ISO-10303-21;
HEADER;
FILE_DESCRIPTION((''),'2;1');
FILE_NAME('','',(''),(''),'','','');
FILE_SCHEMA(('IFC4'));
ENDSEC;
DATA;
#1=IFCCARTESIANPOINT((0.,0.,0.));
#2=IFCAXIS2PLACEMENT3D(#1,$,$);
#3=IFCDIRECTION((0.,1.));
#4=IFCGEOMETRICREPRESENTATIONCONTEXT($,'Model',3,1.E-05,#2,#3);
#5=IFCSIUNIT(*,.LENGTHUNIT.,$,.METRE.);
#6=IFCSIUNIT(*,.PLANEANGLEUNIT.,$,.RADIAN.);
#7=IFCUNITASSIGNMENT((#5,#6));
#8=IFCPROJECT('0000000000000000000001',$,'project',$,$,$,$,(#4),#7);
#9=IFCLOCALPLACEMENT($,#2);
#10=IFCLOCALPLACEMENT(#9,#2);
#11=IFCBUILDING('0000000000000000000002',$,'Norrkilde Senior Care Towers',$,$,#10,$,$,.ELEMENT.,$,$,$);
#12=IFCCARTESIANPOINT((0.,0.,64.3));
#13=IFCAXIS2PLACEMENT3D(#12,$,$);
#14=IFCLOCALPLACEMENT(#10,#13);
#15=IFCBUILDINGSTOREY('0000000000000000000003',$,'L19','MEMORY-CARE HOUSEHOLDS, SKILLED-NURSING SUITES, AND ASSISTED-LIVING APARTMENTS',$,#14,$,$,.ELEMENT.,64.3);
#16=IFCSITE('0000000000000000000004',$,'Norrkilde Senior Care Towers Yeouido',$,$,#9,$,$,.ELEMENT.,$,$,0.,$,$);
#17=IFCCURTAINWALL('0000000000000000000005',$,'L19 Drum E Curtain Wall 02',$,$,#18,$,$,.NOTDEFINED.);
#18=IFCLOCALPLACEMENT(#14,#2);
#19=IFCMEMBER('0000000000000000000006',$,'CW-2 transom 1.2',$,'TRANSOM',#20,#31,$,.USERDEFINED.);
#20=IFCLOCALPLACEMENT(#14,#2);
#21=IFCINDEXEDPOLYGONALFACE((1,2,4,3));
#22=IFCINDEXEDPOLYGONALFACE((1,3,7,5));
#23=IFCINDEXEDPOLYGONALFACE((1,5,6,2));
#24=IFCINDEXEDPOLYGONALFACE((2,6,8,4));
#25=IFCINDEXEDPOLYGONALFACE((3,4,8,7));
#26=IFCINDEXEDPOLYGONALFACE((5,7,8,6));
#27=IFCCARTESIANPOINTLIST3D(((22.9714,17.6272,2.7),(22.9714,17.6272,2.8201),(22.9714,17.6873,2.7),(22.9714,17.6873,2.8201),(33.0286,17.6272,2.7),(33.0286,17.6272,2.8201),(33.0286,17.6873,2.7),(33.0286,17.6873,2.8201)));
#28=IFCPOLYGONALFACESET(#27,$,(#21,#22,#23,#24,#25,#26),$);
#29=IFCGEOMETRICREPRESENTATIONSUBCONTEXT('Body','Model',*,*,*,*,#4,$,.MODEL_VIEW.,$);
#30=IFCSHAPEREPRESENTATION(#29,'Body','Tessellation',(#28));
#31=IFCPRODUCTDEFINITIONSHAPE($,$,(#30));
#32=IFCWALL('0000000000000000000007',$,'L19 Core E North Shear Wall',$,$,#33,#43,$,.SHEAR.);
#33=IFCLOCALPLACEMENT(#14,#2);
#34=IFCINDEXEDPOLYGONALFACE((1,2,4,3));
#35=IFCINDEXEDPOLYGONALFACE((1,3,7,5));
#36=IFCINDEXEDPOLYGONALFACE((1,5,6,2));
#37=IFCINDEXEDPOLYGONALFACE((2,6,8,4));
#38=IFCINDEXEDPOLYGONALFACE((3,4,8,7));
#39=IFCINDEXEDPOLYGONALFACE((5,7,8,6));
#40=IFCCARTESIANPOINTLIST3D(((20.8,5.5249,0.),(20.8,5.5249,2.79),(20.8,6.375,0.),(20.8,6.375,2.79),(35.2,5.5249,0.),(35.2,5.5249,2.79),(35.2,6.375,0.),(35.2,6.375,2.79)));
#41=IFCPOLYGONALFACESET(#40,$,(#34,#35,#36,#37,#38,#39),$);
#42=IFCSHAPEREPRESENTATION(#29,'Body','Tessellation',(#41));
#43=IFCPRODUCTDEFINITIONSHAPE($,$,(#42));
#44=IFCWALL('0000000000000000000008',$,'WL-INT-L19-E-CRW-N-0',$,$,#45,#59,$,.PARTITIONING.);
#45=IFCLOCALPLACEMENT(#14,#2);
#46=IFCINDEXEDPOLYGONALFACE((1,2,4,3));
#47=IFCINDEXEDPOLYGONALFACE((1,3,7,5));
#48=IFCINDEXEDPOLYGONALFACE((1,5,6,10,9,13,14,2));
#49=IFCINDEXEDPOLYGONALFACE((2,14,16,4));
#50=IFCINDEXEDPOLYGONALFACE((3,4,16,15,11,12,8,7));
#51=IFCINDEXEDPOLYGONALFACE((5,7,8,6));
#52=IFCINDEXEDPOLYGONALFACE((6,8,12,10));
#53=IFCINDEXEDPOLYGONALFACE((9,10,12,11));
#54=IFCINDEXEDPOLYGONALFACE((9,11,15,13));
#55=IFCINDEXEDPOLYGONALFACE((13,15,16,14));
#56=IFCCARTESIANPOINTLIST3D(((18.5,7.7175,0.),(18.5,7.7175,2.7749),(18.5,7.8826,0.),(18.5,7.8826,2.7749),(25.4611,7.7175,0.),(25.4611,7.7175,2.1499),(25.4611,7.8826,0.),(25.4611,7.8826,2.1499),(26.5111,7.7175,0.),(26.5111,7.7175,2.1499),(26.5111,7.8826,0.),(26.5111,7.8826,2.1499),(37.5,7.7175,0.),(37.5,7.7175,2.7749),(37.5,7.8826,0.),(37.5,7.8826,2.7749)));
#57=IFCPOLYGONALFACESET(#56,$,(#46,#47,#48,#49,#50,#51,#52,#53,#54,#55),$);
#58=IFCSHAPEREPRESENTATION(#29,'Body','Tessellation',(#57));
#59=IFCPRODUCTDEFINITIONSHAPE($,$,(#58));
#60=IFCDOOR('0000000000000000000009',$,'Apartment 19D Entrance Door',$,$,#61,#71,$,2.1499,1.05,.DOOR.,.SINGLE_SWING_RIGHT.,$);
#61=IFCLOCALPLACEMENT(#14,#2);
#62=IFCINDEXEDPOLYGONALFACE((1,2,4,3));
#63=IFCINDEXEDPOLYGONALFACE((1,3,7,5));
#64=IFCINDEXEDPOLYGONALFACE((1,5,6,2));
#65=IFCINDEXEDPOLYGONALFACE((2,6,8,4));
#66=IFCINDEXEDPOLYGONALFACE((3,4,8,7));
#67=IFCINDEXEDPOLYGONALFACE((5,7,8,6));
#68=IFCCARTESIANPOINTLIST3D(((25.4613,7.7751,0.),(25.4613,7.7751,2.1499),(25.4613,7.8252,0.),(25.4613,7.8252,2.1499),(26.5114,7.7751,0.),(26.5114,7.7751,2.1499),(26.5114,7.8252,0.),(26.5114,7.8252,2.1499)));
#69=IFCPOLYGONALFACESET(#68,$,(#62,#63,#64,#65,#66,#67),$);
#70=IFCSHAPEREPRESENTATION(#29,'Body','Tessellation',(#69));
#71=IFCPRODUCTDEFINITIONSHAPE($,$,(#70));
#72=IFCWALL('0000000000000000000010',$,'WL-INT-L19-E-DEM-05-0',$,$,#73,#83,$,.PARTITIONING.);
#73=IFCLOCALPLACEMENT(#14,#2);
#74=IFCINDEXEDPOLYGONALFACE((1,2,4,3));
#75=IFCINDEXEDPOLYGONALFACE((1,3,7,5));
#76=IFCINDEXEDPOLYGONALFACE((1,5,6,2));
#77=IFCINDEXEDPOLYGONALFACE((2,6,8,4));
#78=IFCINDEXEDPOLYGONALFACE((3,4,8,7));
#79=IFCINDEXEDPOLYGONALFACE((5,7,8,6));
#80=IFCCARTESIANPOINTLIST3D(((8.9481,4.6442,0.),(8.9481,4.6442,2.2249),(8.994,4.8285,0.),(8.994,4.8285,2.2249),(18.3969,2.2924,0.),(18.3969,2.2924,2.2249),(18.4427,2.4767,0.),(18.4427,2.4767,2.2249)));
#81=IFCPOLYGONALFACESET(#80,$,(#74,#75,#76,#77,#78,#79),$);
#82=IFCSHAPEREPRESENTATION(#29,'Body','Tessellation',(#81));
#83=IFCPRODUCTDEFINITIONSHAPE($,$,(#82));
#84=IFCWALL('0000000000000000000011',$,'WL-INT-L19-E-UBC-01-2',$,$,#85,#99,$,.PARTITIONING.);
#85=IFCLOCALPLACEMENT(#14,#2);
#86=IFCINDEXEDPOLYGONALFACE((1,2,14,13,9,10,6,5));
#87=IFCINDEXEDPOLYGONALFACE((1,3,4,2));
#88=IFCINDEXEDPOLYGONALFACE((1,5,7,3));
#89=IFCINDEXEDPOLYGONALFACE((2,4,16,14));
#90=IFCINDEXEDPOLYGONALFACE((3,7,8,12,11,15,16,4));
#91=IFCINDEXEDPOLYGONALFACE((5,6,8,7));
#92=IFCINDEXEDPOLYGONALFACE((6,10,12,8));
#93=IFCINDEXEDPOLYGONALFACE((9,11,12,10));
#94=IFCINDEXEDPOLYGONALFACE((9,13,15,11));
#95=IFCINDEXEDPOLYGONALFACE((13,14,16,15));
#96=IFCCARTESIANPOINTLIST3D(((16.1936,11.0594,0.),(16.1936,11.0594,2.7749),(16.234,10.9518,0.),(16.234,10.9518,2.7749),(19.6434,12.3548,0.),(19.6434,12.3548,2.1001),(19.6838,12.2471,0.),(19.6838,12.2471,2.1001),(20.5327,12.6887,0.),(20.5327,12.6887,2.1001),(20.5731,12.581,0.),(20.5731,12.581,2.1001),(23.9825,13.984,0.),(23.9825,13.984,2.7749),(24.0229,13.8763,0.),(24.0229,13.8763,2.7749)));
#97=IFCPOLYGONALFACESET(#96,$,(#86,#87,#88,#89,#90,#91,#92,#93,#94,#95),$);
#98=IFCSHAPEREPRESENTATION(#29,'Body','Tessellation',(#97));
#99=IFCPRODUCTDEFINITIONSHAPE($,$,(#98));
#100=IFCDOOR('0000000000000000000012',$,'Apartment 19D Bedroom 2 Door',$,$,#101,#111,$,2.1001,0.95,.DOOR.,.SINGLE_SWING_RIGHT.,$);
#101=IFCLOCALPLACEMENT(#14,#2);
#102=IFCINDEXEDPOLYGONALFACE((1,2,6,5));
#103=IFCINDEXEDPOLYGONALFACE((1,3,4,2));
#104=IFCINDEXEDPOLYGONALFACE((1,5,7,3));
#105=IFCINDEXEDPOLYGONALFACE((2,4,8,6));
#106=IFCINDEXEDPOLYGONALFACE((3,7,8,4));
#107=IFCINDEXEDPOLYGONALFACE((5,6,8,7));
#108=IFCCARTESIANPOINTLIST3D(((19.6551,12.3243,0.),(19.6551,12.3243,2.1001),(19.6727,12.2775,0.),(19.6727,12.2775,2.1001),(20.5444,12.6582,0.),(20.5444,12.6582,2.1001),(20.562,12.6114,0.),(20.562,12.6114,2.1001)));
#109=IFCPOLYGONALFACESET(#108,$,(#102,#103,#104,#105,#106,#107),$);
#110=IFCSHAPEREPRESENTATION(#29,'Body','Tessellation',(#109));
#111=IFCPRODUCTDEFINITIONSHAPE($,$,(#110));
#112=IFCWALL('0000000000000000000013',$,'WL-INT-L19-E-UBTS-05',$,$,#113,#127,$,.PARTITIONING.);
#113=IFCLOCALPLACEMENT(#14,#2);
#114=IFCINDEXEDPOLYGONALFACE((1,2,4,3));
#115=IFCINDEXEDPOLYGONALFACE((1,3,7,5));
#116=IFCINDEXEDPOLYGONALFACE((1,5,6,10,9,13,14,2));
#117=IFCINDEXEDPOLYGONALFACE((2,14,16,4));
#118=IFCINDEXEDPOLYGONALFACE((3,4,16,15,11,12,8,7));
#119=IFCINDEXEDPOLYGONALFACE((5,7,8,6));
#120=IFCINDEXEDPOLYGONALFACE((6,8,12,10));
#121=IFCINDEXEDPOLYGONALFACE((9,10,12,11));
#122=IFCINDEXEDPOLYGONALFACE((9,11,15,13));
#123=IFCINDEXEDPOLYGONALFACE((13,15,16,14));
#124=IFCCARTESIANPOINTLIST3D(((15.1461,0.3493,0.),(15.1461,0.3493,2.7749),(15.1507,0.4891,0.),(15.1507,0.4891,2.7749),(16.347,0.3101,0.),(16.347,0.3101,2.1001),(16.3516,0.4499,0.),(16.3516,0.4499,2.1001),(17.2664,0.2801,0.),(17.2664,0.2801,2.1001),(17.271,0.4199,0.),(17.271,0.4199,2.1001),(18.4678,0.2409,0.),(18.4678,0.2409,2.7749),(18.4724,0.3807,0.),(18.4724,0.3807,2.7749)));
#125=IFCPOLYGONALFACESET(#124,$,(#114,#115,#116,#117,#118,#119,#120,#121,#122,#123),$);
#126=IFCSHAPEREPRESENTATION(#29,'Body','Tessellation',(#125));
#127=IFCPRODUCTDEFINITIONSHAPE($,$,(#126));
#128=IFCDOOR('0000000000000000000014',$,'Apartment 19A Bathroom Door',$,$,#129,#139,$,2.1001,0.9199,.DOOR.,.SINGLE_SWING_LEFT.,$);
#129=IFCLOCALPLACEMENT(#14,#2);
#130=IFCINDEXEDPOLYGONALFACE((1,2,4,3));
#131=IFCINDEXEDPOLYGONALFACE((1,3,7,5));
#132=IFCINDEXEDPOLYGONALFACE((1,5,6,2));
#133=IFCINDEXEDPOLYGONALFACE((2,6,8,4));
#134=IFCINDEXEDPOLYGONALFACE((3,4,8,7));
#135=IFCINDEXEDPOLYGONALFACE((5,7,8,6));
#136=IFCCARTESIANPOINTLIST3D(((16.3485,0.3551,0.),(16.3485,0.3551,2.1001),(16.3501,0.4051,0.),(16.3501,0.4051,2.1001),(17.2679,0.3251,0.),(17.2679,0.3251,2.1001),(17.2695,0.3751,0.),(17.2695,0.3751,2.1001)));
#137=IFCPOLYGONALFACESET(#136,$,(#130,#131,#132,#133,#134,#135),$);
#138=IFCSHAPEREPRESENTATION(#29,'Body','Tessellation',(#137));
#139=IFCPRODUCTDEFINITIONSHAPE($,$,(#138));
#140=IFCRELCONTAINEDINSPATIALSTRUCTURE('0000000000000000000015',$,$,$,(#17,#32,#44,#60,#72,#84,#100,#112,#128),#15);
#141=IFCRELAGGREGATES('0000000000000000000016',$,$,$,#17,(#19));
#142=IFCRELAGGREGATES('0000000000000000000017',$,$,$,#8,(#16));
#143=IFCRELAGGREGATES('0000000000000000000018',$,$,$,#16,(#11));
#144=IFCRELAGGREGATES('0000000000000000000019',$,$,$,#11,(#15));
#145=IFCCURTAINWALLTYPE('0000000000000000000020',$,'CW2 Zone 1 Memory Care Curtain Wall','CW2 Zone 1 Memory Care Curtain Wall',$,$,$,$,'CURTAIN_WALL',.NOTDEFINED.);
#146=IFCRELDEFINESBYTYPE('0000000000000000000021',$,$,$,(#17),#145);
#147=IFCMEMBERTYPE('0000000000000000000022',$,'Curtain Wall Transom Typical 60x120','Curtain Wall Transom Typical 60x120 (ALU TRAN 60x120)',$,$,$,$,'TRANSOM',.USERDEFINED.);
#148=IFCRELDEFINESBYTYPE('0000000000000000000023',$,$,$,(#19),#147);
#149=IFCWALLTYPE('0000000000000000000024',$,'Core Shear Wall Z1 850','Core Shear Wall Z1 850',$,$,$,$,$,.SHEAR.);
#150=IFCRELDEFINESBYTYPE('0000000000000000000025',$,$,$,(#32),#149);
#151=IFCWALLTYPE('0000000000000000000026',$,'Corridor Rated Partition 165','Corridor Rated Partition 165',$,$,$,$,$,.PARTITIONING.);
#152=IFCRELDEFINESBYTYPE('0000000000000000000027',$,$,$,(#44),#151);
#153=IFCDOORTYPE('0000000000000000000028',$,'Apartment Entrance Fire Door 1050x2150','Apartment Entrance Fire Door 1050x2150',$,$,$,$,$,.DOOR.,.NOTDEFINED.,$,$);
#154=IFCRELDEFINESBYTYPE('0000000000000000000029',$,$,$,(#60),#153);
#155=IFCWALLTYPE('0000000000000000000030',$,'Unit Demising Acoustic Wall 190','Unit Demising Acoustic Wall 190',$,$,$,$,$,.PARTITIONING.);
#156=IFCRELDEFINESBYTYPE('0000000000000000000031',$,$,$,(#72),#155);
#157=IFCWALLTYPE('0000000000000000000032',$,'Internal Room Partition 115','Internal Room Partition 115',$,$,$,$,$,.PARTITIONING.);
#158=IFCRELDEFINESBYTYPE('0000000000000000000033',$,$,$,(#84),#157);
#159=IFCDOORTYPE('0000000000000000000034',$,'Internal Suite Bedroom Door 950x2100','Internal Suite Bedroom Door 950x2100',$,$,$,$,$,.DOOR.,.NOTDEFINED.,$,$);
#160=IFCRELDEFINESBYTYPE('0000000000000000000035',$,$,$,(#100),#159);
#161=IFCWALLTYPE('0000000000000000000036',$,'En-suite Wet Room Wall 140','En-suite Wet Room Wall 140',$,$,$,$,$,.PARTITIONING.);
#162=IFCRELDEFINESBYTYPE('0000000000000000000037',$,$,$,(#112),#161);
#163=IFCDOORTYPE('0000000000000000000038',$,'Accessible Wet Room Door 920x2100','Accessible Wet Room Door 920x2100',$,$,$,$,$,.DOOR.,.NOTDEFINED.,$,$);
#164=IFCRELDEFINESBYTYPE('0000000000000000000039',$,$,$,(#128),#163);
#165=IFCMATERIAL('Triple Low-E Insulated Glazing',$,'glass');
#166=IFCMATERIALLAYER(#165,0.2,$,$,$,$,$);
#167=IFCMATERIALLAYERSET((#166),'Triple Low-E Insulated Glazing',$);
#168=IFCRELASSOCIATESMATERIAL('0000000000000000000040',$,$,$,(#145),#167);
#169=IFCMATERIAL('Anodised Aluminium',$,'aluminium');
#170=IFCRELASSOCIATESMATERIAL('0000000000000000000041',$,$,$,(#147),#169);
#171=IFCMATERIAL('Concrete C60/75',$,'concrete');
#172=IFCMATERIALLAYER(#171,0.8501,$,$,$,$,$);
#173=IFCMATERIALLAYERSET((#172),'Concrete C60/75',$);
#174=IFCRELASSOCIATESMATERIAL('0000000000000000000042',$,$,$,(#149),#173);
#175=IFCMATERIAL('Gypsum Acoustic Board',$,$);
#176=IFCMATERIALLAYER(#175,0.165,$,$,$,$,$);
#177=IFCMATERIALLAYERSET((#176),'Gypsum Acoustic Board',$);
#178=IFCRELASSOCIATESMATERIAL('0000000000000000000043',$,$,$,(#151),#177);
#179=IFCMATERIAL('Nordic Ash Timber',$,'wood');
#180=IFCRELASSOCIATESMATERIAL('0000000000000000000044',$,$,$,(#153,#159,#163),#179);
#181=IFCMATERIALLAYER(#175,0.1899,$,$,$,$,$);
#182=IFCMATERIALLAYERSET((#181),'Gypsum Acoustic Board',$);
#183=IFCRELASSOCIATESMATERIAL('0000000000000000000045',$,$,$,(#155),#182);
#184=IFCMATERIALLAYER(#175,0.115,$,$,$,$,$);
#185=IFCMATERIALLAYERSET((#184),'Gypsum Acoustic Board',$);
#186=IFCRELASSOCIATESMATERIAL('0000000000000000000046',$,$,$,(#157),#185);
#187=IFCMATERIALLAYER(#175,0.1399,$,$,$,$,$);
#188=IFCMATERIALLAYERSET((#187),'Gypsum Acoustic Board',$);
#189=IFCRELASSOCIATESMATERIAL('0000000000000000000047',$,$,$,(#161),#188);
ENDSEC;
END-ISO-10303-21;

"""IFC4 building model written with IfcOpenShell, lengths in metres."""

from ifc_helpers import new_model, si_unit, direction, frame, frame_2d, origin, origin_2d, place, context, subcontext, project, spatial, rectangle, extrude, source, transform, mapped, material, layer, layer_set, material_profile, profile_set, type_object, type_shapes, element, fill, aggregate, save


model = new_model("IFC4")

# Units and contexts
model_context = context("Model", 3, precision=1e-05, world=origin(), true_north=direction((0.0, 1.0)))
body_context = subcontext(model_context, "Body", "Model", "MODEL_VIEW")
ifc_project = project(units=[si_unit("LENGTHUNIT", "METRE"), si_unit("PLANEANGLEUNIT", "RADIAN")], contexts=[model_context])

# Site, building, storey
site_placement = place(None, origin())
site = spatial("IfcSite", under=ifc_project, at=site_placement, Name="Norrkilde Senior Care Towers Yeouido", CompositionType="ELEMENT", RefElevation=0.0)
building_placement = place(site_placement, origin())
building = spatial("IfcBuilding", under=site, at=building_placement, Name="Norrkilde Senior Care Towers", CompositionType="ELEMENT")
storey_placement = place(building_placement, frame((0.0, 0.0, 64.3)))
storey = spatial("IfcBuildingStorey", under=building, at=storey_placement, Name="L19", Description="MEMORY-CARE HOUSEHOLDS, SKILLED-NURSING SUITES, AND ASSISTED-LIVING APARTMENTS", CompositionType="ELEMENT", Elevation=64.3)

# Shared definitions
ifc_material_1 = material(Name="Concrete C60/75", Category="concrete")

# Curtain wall, member
ifc_material_2 = material(Name="Triple Low-E Insulated Glazing", Category="glass")
ifc_layer_1 = layer(ifc_material_2, 0.2)
ifc_layer_set_1 = layer_set([ifc_layer_1], Name="Triple Low-E Insulated Glazing")
curtain_wall_type = type_object("IfcCurtainWallType", Name="CW2 Zone 1 Memory Care Curtain Wall", Description="CW2 Zone 1 Memory Care Curtain Wall", ElementType="CURTAIN_WALL", PredefinedType="NOTDEFINED", material=ifc_layer_set_1)
curtain_wall_placement = place(storey_placement, origin())
curtain_wall = element("IfcCurtainWall", 1, at=curtain_wall_placement, inside=storey, type_object=curtain_wall_type, Name="L19 Drum E Curtain Wall 02", PredefinedType="NOTDEFINED")
ifc_material_3 = material(Name="Anodised Aluminium", Category="aluminium")
ifc_material_profile_1 = material_profile(ifc_material_3, rectangle(XDim=0.0601, YDim=0.1201, at=origin_2d()), Name="ALU TRAN 60x120")
ifc_profile_set_1 = profile_set([ifc_material_profile_1], Name="Anodised Aluminium")
member_type_1 = type_object("IfcMemberType", Name="Curtain Wall Transom Typical 60x120", Description="Curtain Wall Transom Typical 60x120 (ALU TRAN 60x120)", ElementType="TRANSOM", PredefinedType="USERDEFINED", material=ifc_profile_set_1)
shared_shape_1 = source(origin(), body_context, "Body", "SweptSolid", [
    extrude(rectangle(XDim=0.0601, YDim=0.1201, at=origin_2d()), origin(), (0.0, 0.0, 1.0), 10.0571),
])
type_shapes(member_type_1, [shared_shape_1])
member_1_placement = place(storey_placement, frame((22.9714, 17.6572, 2.76), z_axis=(1.0, 0.0, 0.0), x_axis=(0.0, 1.0, 0.0)))
member_1 = element("IfcMember", 2, at=member_1_placement, type_object=member_type_1, Name="CW-2 transom 1.2", ObjectType="TRANSOM", PredefinedType="USERDEFINED", context=body_context, shape_type="MappedRepresentation", body=[
    mapped(shared_shape_1, transform((0.0, 0.0, 0.0), x_axis=(1.0, 0.0, 0.0), y_axis=(0.0, 1.0, 0.0), z_axis=(0.0, 0.0, 1.0), scale=1.0)),
])
aggregate(curtain_wall, [member_1])

# Wall
ifc_layer_2 = layer(ifc_material_1, 0.8501)
ifc_layer_set_2 = layer_set([ifc_layer_2], Name="Concrete C60/75")
wall_type_1 = type_object("IfcWallType", Name="Core Shear Wall Z1 850", Description="Core Shear Wall Z1 850", PredefinedType="SHEAR", material=ifc_layer_set_2)
shared_shape_2 = source(origin(), body_context, "Body", "SweptSolid", [
    extrude(rectangle(XDim=14.3999, YDim=0.8501, at=frame_2d((7.2, 0.0))), origin(), (0.0, 0.0, 1.0), 2.79),
])
type_shapes(wall_type_1, [shared_shape_2])
wall_1_placement = place(storey_placement, frame((20.8, 5.95, 0.0), z_axis=(0.0, 0.0, 1.0), x_axis=(1.0, 0.0, 0.0)))
element("IfcWall", 3, at=wall_1_placement, inside=storey, type_object=wall_type_1, Name="L19 Core E North Shear Wall", PredefinedType="SHEAR", context=body_context, shape_type="MappedRepresentation", body=[
    mapped(shared_shape_2, transform((0.0, 0.0, 0.0), x_axis=(1.0, 0.0, 0.0), y_axis=(0.0, 1.0, 0.0), z_axis=(0.0, 0.0, 1.0), scale=1.0)),
])

# Wall, opening, door
ifc_material_4 = material(Name="Gypsum Acoustic Board")
ifc_layer_3 = layer(ifc_material_4, 0.165)
ifc_layer_set_3 = layer_set([ifc_layer_3], Name="Gypsum Acoustic Board")
wall_type_2 = type_object("IfcWallType", Name="Corridor Rated Partition 165", Description="Corridor Rated Partition 165", PredefinedType="PARTITIONING", material=ifc_layer_set_3)
shared_shape_3 = source(origin(), body_context, "Body", "SweptSolid", [
    extrude(rectangle(XDim=19.0, YDim=0.165, at=frame_2d((9.5, 0.0))), origin(), (0.0, 0.0, 1.0), 2.7749),
])
type_shapes(wall_type_2, [shared_shape_3])
wall_2_placement = place(storey_placement, frame((18.5, 7.8, 0.0), z_axis=(0.0, 0.0, 1.0), x_axis=(1.0, 0.0, 0.0)))
wall_2 = element("IfcWall", 4, at=wall_2_placement, inside=storey, type_object=wall_type_2, Name="WL-INT-L19-E-CRW-N-0", PredefinedType="PARTITIONING", context=body_context, shape_type="MappedRepresentation", body=[
    mapped(shared_shape_3, transform((0.0, 0.0, 0.0), x_axis=(1.0, 0.0, 0.0), y_axis=(0.0, 1.0, 0.0), z_axis=(0.0, 0.0, 1.0), scale=1.0)),
])
opening_1_placement = place(wall_2_placement, frame((6.9612, 0.0, 0.0)))
opening_1 = element("IfcOpeningElement", 5, at=opening_1_placement, cuts=wall_2, PredefinedType="OPENING", context=body_context, shape_type="SweptSolid", body=[
    extrude(rectangle(XDim=1.05, YDim=2.1499, at=frame_2d((0.5249, 1.075))), frame((0.0, 0.0925, 0.0), z_axis=(0.0, -1.0, 0.0), x_axis=(1.0, 0.0, 0.0)), (0.0, 0.0, 1.0), 0.1851),
])
ifc_material_5 = material(Name="Nordic Ash Timber", Category="wood")
door_type_1 = type_object("IfcDoorType", Name="Apartment Entrance Fire Door 1050x2150", Description="Apartment Entrance Fire Door 1050x2150", OperationType="NOTDEFINED", PredefinedType="DOOR", material=ifc_material_5)
shared_shape_4 = source(origin(), body_context, "Body", "SweptSolid", [
    extrude(rectangle(XDim=1.05, YDim=2.1499, at=frame_2d((0.5249, 1.075))), frame((0.0, 0.0249, 0.0), z_axis=(0.0, -1.0, 0.0), x_axis=(1.0, 0.0, 0.0)), (0.0, 0.0, 1.0), 0.05),
])
type_shapes(door_type_1, [shared_shape_4])
door_1_placement = place(opening_1_placement, frame((1.05, 0.0, 0.0), z_axis=(0.0, 0.0, 1.0), x_axis=(-1.0, 0.0, 0.0)))
door_1 = element("IfcDoor", 6, at=door_1_placement, inside=storey, type_object=door_type_1, Name="Apartment 19D Entrance Door", OperationType="SINGLE_SWING_RIGHT", OverallHeight=2.1499, OverallWidth=1.05, PredefinedType="DOOR", context=body_context, shape_type="MappedRepresentation", body=[
    mapped(shared_shape_4, transform((0.0, 0.0, 0.0), x_axis=(1.0, 0.0, 0.0), y_axis=(0.0, 1.0, 0.0), z_axis=(0.0, 0.0, 1.0), scale=1.0)),
])
fill(opening_1, door_1)

# Wall
ifc_layer_4 = layer(ifc_material_4, 0.1899)
ifc_layer_set_4 = layer_set([ifc_layer_4], Name="Gypsum Acoustic Board")
wall_type_3 = type_object("IfcWallType", Name="Unit Demising Acoustic Wall 190", Description="Unit Demising Acoustic Wall 190", PredefinedType="PARTITIONING", material=ifc_layer_set_4)
shared_shape_5 = source(origin(), body_context, "Body", "SweptSolid", [
    extrude(rectangle(XDim=9.7371, YDim=0.1899, at=frame_2d((4.8687, 0.0))), origin(), (0.0, 0.0, 1.0), 2.2249),
])
type_shapes(wall_type_3, [shared_shape_5])
wall_3_placement = place(storey_placement, frame((18.4199, 2.3845, 0.0), z_axis=(0.0, 0.0, 1.0), x_axis=(-0.970393, 0.241533, 0.0)))
element("IfcWall", 7, at=wall_3_placement, inside=storey, type_object=wall_type_3, Name="WL-INT-L19-E-DEM-05-0", PredefinedType="PARTITIONING", context=body_context, shape_type="MappedRepresentation", body=[
    mapped(shared_shape_5, transform((0.0, 0.0, 0.0), x_axis=(1.0, 0.0, 0.0), y_axis=(0.0, 1.0, 0.0), z_axis=(0.0, 0.0, 1.0), scale=1.0)),
])

# Walls, openings, doors
ifc_layer_5 = layer(ifc_material_4, 0.115)
ifc_layer_set_5 = layer_set([ifc_layer_5], Name="Gypsum Acoustic Board")
wall_type_4 = type_object("IfcWallType", Name="Internal Room Partition 115", Description="Internal Room Partition 115", PredefinedType="PARTITIONING", material=ifc_layer_set_5)
shared_shape_6 = source(origin(), body_context, "Body", "SweptSolid", [
    extrude(rectangle(XDim=8.3198, YDim=0.115, at=frame_2d((4.1599, 0.0))), origin(), (0.0, 0.0, 1.0), 2.7749),
])
wall_4_placement = place(storey_placement, frame((24.0027, 13.9302, 0.0), z_axis=(0.0, 0.0, 1.0), x_axis=(-0.936181, -0.351519, 0.0)))
wall_4 = element("IfcWall", 8, at=wall_4_placement, inside=storey, type_object=wall_type_4, Name="WL-INT-L19-E-UBC-01-2", PredefinedType="PARTITIONING", context=body_context, shape_type="MappedRepresentation", body=[
    mapped(shared_shape_6, transform((0.0, 0.0, 0.0), x_axis=(1.0, 0.0, 0.0), y_axis=(0.0, 1.0, 0.0), z_axis=(0.0, 0.0, 1.0), scale=1.0)),
])
opening_2_placement = place(wall_4_placement, frame((3.6848, 0.0, 0.0)))
opening_2 = element("IfcOpeningElement", 9, at=opening_2_placement, cuts=wall_4, PredefinedType="OPENING", context=body_context, shape_type="SweptSolid", body=[
    extrude(rectangle(XDim=0.95, YDim=2.1001, at=frame_2d((0.4751, 1.05))), frame((0.0, 0.0674, 0.0), z_axis=(0.0, -1.0, 0.0), x_axis=(1.0, 0.0, 0.0)), (0.0, 0.0, 1.0), 0.135),
])
door_type_2 = type_object("IfcDoorType", Name="Internal Suite Bedroom Door 950x2100", Description="Internal Suite Bedroom Door 950x2100", OperationType="NOTDEFINED", PredefinedType="DOOR", material=ifc_material_5)
shared_shape_7 = source(origin(), body_context, "Body", "SweptSolid", [
    extrude(rectangle(XDim=0.95, YDim=2.1001, at=frame_2d((0.4751, 1.05))), frame((0.0, 0.0249, 0.0), z_axis=(0.0, -1.0, 0.0), x_axis=(1.0, 0.0, 0.0)), (0.0, 0.0, 1.0), 0.05),
])
type_shapes(door_type_2, [shared_shape_7])
door_2_placement = place(opening_2_placement, frame((0.95, 0.0, 0.0), z_axis=(0.0, 0.0, 1.0), x_axis=(-1.0, 0.0, 0.0)))
door_2 = element("IfcDoor", 10, at=door_2_placement, inside=storey, type_object=door_type_2, Name="Apartment 19D Bedroom 2 Door", OperationType="SINGLE_SWING_RIGHT", OverallHeight=2.1001, OverallWidth=0.95, PredefinedType="DOOR", context=body_context, shape_type="MappedRepresentation", body=[
    mapped(shared_shape_7, transform((0.0, 0.0, 0.0), x_axis=(1.0, 0.0, 0.0), y_axis=(0.0, 1.0, 0.0), z_axis=(0.0, 0.0, 1.0), scale=1.0)),
])
fill(opening_2, door_2)
ifc_layer_6 = layer(ifc_material_4, 0.1399)
ifc_layer_set_6 = layer_set([ifc_layer_6], Name="Gypsum Acoustic Board")
wall_type_5 = type_object("IfcWallType", Name="En-suite Wet Room Wall 140", Description="En-suite Wet Room Wall 140", PredefinedType="PARTITIONING", material=ifc_layer_set_6)
shared_shape_8 = source(origin(), body_context, "Body", "SweptSolid", [
    extrude(rectangle(XDim=3.3235, YDim=0.1399, at=frame_2d((1.6616, 0.0))), origin(), (0.0, 0.0, 1.0), 2.7749),
])
type_shapes(wall_type_5, [shared_shape_8])
wall_5_placement = place(storey_placement, frame((18.47, 0.3108, 0.0), z_axis=(0.0, 0.0, 1.0), x_axis=(-0.999468, 0.032615, 0.0)))
wall_5 = element("IfcWall", 11, at=wall_5_placement, inside=storey, type_object=wall_type_5, Name="WL-INT-L19-E-UBTS-05", PredefinedType="PARTITIONING", context=body_context, shape_type="MappedRepresentation", body=[
    mapped(shared_shape_8, transform((0.0, 0.0, 0.0), x_axis=(1.0, 0.0, 0.0), y_axis=(0.0, 1.0, 0.0), z_axis=(0.0, 0.0, 1.0), scale=1.0)),
])
opening_3_placement = place(wall_5_placement, frame((1.2019, 0.0, 0.0)))
opening_3 = element("IfcOpeningElement", 12, at=opening_3_placement, cuts=wall_5, PredefinedType="OPENING", context=body_context, shape_type="SweptSolid", body=[
    extrude(rectangle(XDim=0.9199, YDim=2.1001, at=frame_2d((0.46, 1.05))), frame((0.0, 0.0798, 0.0), z_axis=(0.0, -1.0, 0.0), x_axis=(1.0, 0.0, 0.0)), (0.0, 0.0, 1.0), 0.1599),
])
door_type_3 = type_object("IfcDoorType", Name="Accessible Wet Room Door 920x2100", Description="Accessible Wet Room Door 920x2100", OperationType="NOTDEFINED", PredefinedType="DOOR", material=ifc_material_5)
shared_shape_9 = source(origin(), body_context, "Body", "SweptSolid", [
    extrude(rectangle(XDim=0.9199, YDim=2.1001, at=frame_2d((0.46, 1.05))), frame((0.0, 0.0249, 0.0), z_axis=(0.0, -1.0, 0.0), x_axis=(1.0, 0.0, 0.0)), (0.0, 0.0, 1.0), 0.05),
])
type_shapes(door_type_3, [shared_shape_9])
door_3_placement = place(opening_3_placement, origin())
door_3 = element("IfcDoor", 13, at=door_3_placement, inside=storey, type_object=door_type_3, Name="Apartment 19A Bathroom Door", OperationType="SINGLE_SWING_LEFT", OverallHeight=2.1001, OverallWidth=0.9199, PredefinedType="DOOR", context=body_context, shape_type="MappedRepresentation", body=[
    mapped(shared_shape_9, transform((0.0, 0.0, 0.0), x_axis=(1.0, 0.0, 0.0), y_axis=(0.0, 1.0, 0.0), z_axis=(0.0, 0.0, 1.0), scale=1.0)),
])
fill(opening_3, door_3)

save(model, "model.ifc")
